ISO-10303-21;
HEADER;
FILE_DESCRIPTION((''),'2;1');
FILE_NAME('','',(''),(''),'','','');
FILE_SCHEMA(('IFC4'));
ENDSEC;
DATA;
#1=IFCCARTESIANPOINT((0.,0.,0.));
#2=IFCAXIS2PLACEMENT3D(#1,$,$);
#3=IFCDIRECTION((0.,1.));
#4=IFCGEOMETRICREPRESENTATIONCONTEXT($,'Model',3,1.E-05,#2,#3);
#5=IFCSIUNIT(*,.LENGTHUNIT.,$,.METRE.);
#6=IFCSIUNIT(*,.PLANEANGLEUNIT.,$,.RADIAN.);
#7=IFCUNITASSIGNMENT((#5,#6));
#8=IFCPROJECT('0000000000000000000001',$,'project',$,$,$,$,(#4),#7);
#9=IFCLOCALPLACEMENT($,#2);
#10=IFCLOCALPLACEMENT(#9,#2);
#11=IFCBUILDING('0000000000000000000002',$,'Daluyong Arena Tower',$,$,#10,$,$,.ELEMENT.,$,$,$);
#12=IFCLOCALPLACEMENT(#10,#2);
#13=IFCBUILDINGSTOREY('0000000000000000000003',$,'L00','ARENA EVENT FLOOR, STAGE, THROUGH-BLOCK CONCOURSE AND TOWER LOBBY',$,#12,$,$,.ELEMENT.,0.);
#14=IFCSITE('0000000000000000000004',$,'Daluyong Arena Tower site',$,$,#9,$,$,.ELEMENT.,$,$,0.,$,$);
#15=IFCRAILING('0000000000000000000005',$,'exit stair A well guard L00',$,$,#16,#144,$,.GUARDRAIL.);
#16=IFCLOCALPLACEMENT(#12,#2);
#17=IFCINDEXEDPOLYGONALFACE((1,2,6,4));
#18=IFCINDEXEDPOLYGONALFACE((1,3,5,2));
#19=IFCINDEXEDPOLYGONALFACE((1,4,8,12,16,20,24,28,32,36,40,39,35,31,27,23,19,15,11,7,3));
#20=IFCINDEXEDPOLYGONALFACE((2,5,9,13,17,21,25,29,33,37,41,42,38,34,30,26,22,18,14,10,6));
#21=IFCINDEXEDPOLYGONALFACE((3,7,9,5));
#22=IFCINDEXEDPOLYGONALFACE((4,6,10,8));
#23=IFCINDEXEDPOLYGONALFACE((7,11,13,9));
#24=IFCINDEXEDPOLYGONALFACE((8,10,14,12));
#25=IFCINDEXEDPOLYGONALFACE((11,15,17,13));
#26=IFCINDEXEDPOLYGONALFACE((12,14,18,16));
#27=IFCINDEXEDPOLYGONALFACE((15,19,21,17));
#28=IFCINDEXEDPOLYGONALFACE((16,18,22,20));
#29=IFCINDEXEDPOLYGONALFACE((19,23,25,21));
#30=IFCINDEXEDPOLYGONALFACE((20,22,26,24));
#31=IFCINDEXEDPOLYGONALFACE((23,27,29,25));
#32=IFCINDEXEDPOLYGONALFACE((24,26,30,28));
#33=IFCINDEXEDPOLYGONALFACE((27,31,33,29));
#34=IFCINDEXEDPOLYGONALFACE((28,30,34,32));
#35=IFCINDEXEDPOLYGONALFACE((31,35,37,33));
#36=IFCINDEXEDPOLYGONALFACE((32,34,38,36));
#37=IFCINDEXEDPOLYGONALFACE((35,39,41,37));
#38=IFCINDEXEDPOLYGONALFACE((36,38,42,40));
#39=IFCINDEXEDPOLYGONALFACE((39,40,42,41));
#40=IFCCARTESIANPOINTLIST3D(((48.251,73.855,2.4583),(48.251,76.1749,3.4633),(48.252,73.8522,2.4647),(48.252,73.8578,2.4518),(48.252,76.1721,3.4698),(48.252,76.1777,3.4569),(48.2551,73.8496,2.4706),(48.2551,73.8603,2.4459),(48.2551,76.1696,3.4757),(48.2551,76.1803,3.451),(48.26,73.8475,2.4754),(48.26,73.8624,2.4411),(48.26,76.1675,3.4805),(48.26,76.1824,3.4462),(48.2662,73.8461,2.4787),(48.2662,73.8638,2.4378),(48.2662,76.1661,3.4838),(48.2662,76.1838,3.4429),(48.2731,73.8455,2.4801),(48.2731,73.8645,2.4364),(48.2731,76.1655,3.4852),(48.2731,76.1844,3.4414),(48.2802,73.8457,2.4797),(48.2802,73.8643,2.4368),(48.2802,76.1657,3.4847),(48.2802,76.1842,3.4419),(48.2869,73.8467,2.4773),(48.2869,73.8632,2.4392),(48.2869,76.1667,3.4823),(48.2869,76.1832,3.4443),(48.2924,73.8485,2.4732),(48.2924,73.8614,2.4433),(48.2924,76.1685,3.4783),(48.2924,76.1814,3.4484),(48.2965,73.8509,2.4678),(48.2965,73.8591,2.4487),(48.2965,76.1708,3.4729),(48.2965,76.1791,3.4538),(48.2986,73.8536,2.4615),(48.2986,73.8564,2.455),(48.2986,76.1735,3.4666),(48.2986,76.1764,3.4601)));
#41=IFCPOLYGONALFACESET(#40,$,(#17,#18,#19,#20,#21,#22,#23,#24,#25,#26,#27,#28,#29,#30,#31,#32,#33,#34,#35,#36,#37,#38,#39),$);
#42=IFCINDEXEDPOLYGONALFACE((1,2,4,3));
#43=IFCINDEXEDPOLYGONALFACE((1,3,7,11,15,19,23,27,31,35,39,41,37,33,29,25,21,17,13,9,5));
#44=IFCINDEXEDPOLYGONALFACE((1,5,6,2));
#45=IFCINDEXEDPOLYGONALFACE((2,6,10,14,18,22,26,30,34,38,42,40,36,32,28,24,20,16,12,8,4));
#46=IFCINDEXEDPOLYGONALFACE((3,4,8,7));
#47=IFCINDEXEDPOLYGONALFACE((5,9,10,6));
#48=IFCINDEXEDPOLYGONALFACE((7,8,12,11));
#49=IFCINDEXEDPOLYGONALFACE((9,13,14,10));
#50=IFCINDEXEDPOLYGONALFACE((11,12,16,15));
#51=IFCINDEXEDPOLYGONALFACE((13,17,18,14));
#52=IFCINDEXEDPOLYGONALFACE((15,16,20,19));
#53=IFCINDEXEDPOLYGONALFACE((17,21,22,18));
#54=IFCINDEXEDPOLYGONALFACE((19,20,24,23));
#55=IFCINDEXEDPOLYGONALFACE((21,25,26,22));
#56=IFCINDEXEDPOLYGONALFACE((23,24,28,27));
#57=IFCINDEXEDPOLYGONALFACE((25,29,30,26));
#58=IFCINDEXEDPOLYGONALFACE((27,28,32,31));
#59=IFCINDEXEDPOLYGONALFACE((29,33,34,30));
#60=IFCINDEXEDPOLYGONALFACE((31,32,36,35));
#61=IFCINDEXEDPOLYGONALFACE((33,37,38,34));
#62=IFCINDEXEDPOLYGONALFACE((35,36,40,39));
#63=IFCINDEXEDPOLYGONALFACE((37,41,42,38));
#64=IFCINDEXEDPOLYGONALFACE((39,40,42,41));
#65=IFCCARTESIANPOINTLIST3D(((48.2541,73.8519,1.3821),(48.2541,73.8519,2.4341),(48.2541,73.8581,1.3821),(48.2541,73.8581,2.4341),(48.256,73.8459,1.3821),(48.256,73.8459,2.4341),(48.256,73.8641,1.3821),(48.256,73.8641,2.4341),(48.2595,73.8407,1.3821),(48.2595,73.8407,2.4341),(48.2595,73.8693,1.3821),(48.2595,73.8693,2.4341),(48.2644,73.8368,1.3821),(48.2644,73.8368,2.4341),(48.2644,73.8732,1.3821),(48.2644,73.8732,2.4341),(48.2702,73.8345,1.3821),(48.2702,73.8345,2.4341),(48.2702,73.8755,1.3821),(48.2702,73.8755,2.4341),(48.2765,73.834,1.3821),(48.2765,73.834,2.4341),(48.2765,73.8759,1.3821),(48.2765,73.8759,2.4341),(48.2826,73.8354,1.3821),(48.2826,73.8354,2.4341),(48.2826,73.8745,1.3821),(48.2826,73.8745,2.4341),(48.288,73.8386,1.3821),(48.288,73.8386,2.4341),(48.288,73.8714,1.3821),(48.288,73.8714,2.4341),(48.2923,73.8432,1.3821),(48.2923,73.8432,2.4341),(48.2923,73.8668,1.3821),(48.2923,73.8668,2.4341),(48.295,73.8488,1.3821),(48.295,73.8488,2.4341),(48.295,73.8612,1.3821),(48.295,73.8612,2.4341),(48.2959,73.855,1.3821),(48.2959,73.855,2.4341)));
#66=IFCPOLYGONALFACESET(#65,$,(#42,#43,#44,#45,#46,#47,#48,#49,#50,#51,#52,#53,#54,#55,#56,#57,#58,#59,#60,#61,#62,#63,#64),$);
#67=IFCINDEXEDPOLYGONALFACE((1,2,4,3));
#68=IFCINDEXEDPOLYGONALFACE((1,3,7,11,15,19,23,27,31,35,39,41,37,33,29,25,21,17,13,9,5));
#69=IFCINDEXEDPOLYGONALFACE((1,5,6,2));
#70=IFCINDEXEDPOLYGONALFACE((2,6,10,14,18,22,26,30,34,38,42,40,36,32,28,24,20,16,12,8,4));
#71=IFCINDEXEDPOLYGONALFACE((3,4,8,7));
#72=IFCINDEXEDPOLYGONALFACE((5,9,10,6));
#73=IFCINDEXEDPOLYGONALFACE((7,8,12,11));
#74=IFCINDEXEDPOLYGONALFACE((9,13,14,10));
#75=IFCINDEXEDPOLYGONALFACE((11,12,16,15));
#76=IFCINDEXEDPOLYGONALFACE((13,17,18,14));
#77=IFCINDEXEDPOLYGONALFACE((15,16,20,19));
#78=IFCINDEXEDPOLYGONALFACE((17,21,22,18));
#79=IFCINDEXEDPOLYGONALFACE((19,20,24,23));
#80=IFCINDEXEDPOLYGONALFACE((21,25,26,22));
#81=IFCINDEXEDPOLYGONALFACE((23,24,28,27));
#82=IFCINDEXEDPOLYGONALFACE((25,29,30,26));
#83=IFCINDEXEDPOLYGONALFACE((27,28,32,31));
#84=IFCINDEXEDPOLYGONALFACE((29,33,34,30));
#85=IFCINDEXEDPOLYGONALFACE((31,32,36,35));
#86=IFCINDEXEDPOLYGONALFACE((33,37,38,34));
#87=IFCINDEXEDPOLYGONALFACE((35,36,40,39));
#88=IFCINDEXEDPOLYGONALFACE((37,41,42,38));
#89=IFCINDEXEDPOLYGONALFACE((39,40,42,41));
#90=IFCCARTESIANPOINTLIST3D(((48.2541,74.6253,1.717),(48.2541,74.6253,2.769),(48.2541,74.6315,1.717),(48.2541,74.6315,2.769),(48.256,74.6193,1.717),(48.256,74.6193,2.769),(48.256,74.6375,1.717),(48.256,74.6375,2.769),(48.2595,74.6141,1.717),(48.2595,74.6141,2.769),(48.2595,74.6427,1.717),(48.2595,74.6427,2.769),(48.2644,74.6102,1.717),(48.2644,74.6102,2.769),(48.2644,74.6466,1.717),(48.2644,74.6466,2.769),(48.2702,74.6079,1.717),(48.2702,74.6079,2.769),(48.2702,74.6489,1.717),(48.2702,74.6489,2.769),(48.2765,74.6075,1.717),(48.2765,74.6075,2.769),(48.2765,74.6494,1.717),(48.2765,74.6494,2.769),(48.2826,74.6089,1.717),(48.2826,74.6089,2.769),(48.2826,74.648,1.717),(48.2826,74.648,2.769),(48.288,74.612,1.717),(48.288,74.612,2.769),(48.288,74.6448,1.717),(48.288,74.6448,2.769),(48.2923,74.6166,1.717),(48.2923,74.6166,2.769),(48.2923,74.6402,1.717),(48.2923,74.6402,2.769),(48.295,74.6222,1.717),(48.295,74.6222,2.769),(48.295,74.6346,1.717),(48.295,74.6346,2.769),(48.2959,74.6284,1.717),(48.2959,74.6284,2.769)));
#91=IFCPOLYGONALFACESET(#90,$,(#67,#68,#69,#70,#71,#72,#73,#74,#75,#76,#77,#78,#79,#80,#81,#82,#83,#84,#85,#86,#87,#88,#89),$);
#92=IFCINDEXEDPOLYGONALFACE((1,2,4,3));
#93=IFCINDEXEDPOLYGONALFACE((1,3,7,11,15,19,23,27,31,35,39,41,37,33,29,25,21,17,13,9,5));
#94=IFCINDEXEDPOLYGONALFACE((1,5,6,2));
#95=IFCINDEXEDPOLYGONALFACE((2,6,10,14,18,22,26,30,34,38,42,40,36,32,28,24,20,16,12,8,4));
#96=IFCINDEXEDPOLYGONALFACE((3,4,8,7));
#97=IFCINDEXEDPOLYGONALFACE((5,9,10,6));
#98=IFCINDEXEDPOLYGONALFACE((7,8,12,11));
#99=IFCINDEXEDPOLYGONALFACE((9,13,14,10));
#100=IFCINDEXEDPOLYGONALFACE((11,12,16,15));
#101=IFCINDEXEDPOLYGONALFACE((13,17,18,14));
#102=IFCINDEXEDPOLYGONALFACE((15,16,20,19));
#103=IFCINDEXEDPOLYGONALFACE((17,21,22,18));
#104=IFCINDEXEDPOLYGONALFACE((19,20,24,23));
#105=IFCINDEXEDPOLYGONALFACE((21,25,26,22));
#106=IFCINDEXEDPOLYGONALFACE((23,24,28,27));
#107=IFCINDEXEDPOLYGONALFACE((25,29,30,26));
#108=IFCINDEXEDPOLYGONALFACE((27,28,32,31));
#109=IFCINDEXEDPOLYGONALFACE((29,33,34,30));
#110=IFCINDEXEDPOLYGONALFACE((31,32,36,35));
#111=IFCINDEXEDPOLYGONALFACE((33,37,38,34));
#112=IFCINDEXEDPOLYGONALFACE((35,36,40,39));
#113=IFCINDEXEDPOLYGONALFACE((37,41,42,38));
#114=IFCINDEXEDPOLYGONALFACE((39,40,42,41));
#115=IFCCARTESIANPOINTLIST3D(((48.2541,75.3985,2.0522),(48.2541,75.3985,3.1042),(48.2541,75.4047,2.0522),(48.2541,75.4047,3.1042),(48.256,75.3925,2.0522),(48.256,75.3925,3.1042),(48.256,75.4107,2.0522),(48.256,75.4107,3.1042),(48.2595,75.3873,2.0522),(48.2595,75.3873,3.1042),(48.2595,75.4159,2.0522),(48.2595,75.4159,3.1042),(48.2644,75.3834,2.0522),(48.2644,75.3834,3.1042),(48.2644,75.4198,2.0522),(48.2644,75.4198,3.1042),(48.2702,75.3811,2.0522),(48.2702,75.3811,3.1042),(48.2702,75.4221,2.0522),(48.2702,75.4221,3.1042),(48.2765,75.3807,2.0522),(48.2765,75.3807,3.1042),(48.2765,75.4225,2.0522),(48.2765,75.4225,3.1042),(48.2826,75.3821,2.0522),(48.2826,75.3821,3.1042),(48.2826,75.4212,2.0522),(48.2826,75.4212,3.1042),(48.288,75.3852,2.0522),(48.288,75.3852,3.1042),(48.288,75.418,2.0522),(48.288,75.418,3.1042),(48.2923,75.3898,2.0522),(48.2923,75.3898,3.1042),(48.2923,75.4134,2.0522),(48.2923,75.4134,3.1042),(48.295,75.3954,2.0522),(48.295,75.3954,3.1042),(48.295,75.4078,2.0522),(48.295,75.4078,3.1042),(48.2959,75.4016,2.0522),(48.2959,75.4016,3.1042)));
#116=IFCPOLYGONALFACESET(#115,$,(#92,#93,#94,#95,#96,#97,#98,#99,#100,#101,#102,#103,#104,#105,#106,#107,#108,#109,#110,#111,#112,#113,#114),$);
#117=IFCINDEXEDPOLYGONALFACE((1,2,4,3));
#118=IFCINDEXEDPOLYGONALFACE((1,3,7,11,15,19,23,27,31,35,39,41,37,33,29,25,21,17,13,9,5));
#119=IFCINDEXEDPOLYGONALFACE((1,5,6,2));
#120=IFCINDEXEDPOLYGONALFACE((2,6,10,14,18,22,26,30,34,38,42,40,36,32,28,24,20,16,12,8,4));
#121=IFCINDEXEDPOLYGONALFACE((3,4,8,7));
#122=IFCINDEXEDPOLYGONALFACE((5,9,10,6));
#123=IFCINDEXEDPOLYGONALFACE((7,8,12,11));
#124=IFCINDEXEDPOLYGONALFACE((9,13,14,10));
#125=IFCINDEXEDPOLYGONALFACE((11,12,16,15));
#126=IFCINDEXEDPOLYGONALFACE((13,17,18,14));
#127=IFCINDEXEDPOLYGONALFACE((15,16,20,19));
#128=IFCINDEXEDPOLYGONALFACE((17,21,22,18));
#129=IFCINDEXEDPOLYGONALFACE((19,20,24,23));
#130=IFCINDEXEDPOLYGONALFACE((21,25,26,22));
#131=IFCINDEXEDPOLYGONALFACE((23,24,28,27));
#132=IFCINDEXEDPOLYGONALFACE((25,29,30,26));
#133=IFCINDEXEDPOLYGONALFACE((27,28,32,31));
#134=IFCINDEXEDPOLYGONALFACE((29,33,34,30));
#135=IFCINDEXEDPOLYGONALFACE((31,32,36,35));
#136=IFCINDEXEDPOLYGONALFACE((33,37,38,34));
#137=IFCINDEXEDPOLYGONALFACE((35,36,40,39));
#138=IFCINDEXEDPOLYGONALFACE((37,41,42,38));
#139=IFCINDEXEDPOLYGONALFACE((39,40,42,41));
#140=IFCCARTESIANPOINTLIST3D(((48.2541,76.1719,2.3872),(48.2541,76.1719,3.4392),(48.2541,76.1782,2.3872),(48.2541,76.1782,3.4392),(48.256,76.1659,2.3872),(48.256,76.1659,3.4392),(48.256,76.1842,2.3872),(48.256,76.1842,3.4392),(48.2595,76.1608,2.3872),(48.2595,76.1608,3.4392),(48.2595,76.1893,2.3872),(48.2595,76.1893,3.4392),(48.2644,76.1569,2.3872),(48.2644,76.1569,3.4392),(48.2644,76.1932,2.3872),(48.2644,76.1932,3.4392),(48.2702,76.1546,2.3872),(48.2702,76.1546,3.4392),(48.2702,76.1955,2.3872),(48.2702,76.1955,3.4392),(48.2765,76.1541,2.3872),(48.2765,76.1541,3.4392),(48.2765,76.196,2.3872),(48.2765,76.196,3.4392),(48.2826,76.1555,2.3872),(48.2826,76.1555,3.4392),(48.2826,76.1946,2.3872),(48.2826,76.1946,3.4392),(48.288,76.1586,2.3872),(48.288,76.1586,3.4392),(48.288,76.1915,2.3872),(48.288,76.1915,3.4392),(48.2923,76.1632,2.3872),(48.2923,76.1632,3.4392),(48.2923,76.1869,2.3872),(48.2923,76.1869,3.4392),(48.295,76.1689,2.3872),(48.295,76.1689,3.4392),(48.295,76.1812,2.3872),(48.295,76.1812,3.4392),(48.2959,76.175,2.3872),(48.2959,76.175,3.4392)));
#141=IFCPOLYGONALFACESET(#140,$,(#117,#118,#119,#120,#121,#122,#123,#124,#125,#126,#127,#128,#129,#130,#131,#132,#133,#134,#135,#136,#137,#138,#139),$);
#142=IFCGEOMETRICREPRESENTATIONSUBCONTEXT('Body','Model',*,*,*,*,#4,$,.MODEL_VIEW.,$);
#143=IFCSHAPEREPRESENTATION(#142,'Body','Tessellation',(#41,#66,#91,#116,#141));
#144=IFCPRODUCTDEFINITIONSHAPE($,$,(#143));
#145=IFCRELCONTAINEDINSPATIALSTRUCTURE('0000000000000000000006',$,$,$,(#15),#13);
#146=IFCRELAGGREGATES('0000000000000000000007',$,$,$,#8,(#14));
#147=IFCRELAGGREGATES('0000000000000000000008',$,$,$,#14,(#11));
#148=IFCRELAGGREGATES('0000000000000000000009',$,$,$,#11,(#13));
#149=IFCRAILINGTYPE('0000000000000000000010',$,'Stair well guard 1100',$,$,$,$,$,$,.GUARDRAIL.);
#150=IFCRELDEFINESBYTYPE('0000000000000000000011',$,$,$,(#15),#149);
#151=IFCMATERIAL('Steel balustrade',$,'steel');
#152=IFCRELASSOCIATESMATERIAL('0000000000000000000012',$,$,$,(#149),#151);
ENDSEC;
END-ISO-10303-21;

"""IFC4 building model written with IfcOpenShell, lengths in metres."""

from ifc_helpers import new_model, si_unit, direction, frame, origin, origin_2d, place, context, subcontext, project, spatial, circle, extrude, material, type_object, element, save


model = new_model("IFC4")

# Units and contexts
model_context = context("Model", 3, precision=1e-05, world=origin(), true_north=direction((0.0, 1.0)))
body_context = subcontext(model_context, "Body", "Model", "MODEL_VIEW")
ifc_project = project(units=[si_unit("LENGTHUNIT", "METRE"), si_unit("PLANEANGLEUNIT", "RADIAN")], contexts=[model_context])

# Site, building, storey
site_placement = place(None, origin())
site = spatial("IfcSite", under=ifc_project, at=site_placement, Name="Daluyong Arena Tower site", CompositionType="ELEMENT", RefElevation=0.0)
building_placement = place(site_placement, origin())
building = spatial("IfcBuilding", under=site, at=building_placement, Name="Daluyong Arena Tower", CompositionType="ELEMENT")
storey_placement = place(building_placement, origin())
storey = spatial("IfcBuildingStorey", under=building, at=storey_placement, Name="L00", Description="ARENA EVENT FLOOR, STAGE, THROUGH-BLOCK CONCOURSE AND TOWER LOBBY", CompositionType="ELEMENT", Elevation=0.0)

# Railing
ifc_material_1 = material(Name="Steel balustrade", Category="steel")
railing_type_1 = type_object("IfcRailingType", Name="Stair well guard 1100", PredefinedType="GUARDRAIL", material=ifc_material_1)
railing_1_placement = place(storey_placement, frame((48.2749, 73.855, 1.3821)))
element("IfcRailing", 1, at=railing_1_placement, inside=storey, type_object=railing_type_1, Name="exit stair A well guard L00", PredefinedType="GUARDRAIL", context=body_context, shape_type="SweptSolid", body=[
    extrude(circle(Radius=0.0239, at=origin_2d()), frame((0.0, 0.0, 1.0762), z_axis=(0.0, 0.91759, 0.397529), x_axis=(-1.0, 0.0, 0.0)), (0.0, 0.0, 1.0), 2.5283),
    extrude(circle(Radius=0.021, at=origin_2d()), origin(), (0.0, 0.0, 1.0), 1.052),
    extrude(circle(Radius=0.021, at=origin_2d()), frame((0.0, 0.7734, 0.335)), (0.0, 0.0, 1.0), 1.052),
    extrude(circle(Radius=0.021, at=origin_2d()), frame((0.0, 1.5466, 0.6702)), (0.0, 0.0, 1.0), 1.052),
    extrude(circle(Radius=0.021, at=origin_2d()), frame((0.0, 2.3201, 1.0051)), (0.0, 0.0, 1.0), 1.052),
])

save(model, "model.ifc")
